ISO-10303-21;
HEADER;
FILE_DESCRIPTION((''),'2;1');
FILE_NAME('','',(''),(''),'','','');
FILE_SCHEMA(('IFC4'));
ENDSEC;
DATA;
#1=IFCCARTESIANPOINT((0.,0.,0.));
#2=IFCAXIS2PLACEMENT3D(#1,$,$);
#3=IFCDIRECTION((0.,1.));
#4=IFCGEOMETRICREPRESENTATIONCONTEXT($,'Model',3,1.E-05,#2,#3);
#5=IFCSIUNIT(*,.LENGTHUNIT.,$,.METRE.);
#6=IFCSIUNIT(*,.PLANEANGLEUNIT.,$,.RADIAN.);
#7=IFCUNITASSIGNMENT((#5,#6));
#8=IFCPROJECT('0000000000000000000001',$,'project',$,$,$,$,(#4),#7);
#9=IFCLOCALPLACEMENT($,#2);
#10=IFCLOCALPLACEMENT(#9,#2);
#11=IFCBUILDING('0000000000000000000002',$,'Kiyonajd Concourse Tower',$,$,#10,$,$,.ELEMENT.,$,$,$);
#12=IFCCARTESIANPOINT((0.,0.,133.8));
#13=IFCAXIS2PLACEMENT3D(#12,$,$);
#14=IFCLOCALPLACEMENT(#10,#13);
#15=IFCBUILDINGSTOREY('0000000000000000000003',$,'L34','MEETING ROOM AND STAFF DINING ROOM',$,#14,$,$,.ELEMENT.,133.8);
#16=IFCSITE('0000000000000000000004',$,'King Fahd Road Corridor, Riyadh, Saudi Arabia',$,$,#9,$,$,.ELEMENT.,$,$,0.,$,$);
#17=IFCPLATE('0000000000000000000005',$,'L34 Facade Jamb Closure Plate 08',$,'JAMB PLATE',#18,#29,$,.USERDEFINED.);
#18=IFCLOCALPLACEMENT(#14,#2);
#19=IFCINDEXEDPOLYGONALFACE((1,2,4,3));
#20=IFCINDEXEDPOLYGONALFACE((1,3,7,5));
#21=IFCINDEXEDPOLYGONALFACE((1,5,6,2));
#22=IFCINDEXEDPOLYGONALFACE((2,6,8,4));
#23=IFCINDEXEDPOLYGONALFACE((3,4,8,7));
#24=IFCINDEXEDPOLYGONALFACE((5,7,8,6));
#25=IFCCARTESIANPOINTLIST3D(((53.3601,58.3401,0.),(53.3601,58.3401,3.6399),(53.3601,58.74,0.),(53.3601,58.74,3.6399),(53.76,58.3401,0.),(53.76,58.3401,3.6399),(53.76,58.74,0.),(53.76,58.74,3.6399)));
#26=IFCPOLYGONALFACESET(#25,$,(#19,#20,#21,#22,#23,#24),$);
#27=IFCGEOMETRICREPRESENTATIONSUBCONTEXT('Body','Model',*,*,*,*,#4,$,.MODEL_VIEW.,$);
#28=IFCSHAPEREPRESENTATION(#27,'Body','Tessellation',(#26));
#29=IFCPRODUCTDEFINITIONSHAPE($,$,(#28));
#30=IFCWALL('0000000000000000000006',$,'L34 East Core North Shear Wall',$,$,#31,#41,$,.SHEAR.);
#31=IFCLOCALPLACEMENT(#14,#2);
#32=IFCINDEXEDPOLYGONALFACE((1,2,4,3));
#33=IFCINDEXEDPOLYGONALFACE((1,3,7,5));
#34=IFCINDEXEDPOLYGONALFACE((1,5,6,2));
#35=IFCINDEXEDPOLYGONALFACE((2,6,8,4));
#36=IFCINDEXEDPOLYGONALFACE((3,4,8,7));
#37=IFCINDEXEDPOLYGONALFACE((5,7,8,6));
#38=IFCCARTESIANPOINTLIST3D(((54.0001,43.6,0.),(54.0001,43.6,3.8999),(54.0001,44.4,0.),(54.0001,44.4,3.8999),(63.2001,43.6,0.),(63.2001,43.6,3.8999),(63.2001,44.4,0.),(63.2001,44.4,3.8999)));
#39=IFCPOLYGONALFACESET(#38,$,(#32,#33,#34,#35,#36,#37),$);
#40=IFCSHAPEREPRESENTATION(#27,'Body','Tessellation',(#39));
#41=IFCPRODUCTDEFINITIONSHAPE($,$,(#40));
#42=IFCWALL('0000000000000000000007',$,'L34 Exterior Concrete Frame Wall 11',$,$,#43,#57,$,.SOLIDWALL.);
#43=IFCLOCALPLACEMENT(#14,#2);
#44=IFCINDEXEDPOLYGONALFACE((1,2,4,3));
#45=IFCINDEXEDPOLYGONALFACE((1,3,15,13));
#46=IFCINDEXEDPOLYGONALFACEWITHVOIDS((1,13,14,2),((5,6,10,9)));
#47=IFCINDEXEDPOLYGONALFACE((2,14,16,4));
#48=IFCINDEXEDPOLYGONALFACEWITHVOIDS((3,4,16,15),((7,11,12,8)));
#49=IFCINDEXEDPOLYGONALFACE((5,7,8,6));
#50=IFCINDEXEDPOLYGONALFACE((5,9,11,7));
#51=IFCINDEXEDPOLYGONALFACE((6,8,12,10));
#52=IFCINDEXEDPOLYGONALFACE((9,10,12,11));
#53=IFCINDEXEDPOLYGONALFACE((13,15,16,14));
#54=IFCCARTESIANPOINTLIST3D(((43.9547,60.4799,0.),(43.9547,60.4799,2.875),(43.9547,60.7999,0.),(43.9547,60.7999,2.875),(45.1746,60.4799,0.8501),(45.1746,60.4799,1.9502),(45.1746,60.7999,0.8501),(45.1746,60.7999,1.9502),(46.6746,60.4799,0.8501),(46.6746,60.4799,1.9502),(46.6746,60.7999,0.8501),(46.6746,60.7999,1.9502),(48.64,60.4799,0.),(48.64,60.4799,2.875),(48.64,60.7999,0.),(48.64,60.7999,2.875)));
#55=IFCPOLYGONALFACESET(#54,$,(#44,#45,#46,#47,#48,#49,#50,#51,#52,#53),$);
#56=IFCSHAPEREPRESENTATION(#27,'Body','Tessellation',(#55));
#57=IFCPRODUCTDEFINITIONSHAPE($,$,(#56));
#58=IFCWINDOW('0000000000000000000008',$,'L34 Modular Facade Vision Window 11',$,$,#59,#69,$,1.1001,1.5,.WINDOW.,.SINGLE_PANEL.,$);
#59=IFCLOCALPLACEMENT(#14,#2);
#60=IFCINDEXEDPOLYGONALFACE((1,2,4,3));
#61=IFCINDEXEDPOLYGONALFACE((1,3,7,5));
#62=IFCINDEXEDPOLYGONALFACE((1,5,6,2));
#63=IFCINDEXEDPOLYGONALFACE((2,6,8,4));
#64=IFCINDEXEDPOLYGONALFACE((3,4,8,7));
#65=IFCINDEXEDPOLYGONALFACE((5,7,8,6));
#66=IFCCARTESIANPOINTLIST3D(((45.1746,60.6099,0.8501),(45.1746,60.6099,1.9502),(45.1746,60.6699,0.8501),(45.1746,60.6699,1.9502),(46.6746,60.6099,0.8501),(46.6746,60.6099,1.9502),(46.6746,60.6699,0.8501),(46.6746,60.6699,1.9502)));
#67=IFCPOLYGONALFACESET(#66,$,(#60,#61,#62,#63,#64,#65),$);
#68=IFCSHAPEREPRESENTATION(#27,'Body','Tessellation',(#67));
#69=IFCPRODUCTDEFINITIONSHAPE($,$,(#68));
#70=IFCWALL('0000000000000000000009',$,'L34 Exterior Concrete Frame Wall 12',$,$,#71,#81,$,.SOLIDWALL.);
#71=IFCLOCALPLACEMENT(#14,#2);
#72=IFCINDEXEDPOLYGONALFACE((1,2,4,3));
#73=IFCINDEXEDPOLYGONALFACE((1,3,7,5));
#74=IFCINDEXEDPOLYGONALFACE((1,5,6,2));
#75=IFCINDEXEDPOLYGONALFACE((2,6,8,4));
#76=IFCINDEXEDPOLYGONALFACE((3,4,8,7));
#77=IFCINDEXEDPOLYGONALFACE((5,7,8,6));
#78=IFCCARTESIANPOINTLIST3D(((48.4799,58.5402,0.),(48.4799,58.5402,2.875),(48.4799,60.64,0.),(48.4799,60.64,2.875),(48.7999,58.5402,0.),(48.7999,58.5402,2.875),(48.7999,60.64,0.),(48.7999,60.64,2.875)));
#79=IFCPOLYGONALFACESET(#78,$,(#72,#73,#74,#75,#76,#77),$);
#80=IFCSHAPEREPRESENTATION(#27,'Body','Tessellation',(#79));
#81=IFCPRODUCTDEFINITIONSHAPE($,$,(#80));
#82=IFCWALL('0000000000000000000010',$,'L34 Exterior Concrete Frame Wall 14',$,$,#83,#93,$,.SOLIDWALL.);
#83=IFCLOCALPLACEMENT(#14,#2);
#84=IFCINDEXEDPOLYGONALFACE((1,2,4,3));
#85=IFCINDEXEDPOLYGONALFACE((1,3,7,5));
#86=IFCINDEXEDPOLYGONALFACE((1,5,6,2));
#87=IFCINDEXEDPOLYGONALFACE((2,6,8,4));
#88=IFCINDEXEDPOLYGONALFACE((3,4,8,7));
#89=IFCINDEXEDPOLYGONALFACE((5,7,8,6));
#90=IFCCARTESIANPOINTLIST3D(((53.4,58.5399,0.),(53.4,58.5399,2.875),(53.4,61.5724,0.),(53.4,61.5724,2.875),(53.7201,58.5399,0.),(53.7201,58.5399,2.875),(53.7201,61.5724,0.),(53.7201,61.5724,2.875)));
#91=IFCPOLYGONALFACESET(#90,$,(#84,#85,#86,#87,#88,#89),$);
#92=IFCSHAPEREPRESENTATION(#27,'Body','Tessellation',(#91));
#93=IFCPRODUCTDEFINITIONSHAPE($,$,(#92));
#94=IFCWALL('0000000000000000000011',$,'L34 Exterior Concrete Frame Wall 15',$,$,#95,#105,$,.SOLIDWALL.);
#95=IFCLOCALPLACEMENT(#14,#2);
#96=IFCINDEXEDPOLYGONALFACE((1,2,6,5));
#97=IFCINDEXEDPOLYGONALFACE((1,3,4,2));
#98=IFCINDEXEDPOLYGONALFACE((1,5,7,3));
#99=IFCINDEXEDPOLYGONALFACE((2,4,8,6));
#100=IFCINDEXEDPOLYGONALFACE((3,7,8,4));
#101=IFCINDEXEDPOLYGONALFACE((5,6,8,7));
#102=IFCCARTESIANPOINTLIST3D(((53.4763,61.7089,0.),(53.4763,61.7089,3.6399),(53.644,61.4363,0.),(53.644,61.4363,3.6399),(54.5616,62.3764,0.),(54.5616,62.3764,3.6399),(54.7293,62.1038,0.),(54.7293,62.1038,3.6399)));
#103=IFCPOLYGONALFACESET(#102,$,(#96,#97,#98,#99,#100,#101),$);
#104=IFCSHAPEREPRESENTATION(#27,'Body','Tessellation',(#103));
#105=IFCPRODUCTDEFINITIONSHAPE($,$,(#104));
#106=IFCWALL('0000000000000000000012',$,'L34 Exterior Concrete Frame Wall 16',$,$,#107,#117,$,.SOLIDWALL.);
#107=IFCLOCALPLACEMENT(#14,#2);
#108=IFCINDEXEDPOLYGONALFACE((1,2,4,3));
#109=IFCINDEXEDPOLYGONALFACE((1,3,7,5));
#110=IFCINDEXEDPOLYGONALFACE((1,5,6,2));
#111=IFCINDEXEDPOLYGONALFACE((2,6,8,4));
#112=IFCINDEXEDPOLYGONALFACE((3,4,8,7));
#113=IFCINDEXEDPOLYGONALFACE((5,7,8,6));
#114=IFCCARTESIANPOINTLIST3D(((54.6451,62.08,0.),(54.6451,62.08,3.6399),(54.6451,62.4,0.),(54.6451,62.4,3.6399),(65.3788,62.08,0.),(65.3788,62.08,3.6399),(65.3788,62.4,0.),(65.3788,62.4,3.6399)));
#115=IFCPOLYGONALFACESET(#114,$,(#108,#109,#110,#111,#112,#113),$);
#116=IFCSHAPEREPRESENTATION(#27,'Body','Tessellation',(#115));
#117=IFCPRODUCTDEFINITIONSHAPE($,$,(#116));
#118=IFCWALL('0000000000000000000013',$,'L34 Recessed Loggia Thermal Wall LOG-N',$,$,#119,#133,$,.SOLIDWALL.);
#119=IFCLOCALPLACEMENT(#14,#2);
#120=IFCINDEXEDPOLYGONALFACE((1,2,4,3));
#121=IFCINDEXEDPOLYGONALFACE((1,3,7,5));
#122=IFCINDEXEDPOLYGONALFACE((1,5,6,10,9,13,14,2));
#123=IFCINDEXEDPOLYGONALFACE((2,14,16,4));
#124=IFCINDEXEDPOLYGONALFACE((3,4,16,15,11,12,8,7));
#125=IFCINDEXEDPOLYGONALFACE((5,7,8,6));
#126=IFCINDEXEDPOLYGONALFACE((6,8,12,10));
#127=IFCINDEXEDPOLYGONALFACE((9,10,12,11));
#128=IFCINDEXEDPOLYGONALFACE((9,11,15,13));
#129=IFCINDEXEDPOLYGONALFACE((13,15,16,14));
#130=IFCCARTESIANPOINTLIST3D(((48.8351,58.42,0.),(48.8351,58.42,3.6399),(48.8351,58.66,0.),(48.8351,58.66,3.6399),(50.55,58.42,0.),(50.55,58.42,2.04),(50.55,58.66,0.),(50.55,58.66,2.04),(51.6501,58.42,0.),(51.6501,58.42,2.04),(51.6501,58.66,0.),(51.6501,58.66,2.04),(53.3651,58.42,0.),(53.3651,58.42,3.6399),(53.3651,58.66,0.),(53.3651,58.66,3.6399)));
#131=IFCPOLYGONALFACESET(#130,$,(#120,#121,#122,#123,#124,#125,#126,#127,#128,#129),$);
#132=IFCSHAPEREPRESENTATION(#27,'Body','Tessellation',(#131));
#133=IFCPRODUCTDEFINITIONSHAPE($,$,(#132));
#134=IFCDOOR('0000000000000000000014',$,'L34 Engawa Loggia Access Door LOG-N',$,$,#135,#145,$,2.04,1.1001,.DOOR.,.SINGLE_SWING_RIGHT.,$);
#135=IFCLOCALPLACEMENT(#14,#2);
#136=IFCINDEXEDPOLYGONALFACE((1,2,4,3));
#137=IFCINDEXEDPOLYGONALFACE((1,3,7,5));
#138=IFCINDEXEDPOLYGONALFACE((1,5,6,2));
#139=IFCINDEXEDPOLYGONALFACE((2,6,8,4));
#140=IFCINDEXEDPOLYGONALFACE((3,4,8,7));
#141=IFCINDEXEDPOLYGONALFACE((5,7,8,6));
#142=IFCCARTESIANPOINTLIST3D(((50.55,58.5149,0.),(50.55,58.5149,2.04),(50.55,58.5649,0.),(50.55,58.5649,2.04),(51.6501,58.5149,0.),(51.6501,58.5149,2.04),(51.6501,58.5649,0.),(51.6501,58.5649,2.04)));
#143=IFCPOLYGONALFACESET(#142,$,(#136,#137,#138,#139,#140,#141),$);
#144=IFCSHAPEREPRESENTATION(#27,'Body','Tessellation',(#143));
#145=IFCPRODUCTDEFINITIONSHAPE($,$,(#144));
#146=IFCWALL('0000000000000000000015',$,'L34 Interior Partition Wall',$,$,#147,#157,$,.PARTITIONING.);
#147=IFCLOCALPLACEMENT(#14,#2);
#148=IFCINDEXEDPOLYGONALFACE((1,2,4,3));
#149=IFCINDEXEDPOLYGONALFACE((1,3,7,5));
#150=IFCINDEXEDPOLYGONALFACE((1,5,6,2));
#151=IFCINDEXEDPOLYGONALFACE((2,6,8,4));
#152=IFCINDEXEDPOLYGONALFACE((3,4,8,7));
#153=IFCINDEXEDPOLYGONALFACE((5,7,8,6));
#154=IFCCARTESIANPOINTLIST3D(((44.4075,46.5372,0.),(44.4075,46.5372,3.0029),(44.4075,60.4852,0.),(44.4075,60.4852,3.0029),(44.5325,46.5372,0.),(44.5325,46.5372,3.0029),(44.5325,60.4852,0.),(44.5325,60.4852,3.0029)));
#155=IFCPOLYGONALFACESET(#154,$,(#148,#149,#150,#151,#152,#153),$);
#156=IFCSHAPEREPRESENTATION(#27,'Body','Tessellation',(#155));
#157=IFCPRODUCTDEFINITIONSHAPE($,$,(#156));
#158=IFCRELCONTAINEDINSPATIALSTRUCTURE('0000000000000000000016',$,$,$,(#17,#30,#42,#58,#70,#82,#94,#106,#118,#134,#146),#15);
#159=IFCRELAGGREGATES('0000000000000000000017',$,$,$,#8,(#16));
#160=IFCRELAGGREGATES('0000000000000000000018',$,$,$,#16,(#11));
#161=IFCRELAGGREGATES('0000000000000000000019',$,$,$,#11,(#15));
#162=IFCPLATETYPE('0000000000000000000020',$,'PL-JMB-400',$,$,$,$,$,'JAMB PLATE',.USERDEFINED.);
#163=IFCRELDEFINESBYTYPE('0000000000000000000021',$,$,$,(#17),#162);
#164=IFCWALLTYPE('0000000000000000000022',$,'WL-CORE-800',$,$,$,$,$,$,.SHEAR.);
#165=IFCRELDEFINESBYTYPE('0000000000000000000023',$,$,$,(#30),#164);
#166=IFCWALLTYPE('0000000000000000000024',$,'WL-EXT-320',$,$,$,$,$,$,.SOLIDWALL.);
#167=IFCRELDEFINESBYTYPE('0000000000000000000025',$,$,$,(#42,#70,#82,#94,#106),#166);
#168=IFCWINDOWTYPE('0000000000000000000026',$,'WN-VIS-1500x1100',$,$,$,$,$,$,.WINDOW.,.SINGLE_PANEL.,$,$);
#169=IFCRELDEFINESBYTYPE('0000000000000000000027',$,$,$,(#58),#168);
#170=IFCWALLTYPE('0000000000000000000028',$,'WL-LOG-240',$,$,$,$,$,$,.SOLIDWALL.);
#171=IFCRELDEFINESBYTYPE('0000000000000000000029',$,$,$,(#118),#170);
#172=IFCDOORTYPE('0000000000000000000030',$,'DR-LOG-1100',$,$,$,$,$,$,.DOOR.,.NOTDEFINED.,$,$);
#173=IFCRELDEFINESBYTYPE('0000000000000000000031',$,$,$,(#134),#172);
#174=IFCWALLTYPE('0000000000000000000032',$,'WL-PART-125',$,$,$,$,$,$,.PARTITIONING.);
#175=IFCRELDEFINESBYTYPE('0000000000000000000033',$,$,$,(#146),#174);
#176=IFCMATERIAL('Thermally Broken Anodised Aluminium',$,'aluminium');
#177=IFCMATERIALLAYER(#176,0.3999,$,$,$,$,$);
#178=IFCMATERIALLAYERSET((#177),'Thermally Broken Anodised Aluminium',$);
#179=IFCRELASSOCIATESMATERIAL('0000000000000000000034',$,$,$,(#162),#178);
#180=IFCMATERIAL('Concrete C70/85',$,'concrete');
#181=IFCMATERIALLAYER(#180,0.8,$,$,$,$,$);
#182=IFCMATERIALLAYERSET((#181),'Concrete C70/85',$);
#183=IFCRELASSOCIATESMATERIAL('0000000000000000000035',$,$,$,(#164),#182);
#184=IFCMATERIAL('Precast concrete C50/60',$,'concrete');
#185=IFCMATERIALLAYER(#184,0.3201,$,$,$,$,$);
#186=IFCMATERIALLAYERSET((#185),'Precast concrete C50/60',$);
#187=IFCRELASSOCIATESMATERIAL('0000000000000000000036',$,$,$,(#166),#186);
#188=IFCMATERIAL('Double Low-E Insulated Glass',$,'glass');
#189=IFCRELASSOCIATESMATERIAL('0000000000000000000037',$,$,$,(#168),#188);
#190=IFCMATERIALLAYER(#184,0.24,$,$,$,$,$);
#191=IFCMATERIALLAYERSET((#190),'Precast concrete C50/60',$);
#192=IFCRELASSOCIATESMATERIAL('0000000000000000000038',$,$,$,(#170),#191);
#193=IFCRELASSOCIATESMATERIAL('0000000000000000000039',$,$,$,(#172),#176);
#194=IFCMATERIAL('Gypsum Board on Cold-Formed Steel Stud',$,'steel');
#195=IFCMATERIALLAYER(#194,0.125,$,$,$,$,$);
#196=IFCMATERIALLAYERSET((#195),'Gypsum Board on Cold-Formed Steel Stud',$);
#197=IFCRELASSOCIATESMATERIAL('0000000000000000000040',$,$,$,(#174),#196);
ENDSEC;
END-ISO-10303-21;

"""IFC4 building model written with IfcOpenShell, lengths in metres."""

from ifc_helpers import new_model, si_unit, direction, frame, frame_2d, origin, origin_2d, place, context, subcontext, project, spatial, rectangle, extrude, material, layer, layer_set, type_object, element, fill, save


model = new_model("IFC4")

# Units and contexts
model_context = context("Model", 3, precision=1e-05, world=origin(), true_north=direction((0.0, 1.0)))
body_context = subcontext(model_context, "Body", "Model", "MODEL_VIEW")
ifc_project = project(units=[si_unit("LENGTHUNIT", "METRE"), si_unit("PLANEANGLEUNIT", "RADIAN")], contexts=[model_context])

# Site, building, storey
site_placement = place(None, origin())
site = spatial("IfcSite", under=ifc_project, at=site_placement, Name="King Fahd Road Corridor, Riyadh, Saudi Arabia", CompositionType="ELEMENT", RefElevation=0.0)
building_placement = place(site_placement, origin())
building = spatial("IfcBuilding", under=site, at=building_placement, Name="Kiyonajd Concourse Tower", CompositionType="ELEMENT")
storey_placement = place(building_placement, frame((0.0, 0.0, 133.8)))
storey = spatial("IfcBuildingStorey", under=building, at=storey_placement, Name="L34", Description="MEETING ROOM AND STAFF DINING ROOM", CompositionType="ELEMENT", Elevation=133.8)

# Shared definitions
ifc_material_1 = material(Name="Concrete C70/85", Category="concrete")

# Shared definitions
ifc_material_2 = material(Name="Precast concrete C50/60", Category="concrete")

# Plate
ifc_material_3 = material(Name="Thermally Broken Anodised Aluminium", Category="aluminium")
ifc_layer_1 = layer(ifc_material_3, 0.3999)
ifc_layer_set_1 = layer_set([ifc_layer_1], Name="Thermally Broken Anodised Aluminium")
plate_type = type_object("IfcPlateType", Name="PL-JMB-400", ElementType="JAMB PLATE", PredefinedType="USERDEFINED", material=ifc_layer_set_1)
for number, where, z_axis, x_axis, name in (
    (1, (53.5601, 58.54, 0.0), (0.0, 0.0, 1.0), (1.0, 0.0, 0.0), "L34 Facade Jamb Closure Plate 08"),
):
    element("IfcPlate", number, at=place(storey_placement, frame(where, z_axis=z_axis, x_axis=x_axis)), inside=storey, type_object=plate_type, Name=name, ObjectType="JAMB PLATE", PredefinedType="USERDEFINED", context=body_context, shape_type="SweptSolid", body=[
        extrude(rectangle(XDim=0.3999, YDim=0.3999, at=origin_2d()), origin(), (0.0, 0.0, 1.0), 3.6399),
    ])

# Wall
ifc_layer_2 = layer(ifc_material_1, 0.8)
ifc_layer_set_2 = layer_set([ifc_layer_2], Name="Concrete C70/85")
wall_type_1 = type_object("IfcWallType", Name="WL-CORE-800", PredefinedType="SHEAR", material=ifc_layer_set_2)
wall_1_placement = place(storey_placement, frame((54.0, 44.0, 0.0), z_axis=(0.0, 0.0, 1.0), x_axis=(1.0, 0.0, 0.0)))
element("IfcWall", 2, at=wall_1_placement, inside=storey, type_object=wall_type_1, Name="L34 East Core North Shear Wall", PredefinedType="SHEAR", context=body_context, shape_type="SweptSolid", body=[
    extrude(rectangle(XDim=9.2, YDim=0.8, at=frame_2d((4.6001, 0.0))), origin(), (0.0, 0.0, 1.0), 3.8999),
])

# Wall, opening, window
ifc_layer_3 = layer(ifc_material_2, 0.3201)
ifc_layer_set_3 = layer_set([ifc_layer_3], Name="Precast concrete C50/60")
wall_type_2 = type_object("IfcWallType", Name="WL-EXT-320", PredefinedType="SOLIDWALL", material=ifc_layer_set_3)
wall_2_placement = place(storey_placement, frame((43.9546, 60.6399, 0.0), z_axis=(0.0, 0.0, 1.0), x_axis=(1.0, 0.0, 0.0)))
wall_2 = element("IfcWall", 3, at=wall_2_placement, inside=storey, type_object=wall_type_2, Name="L34 Exterior Concrete Frame Wall 11", PredefinedType="SOLIDWALL", context=body_context, shape_type="SweptSolid", body=[
    extrude(rectangle(XDim=4.6853, YDim=0.3201, at=frame_2d((2.3428, 0.0))), origin(), (0.0, 0.0, 1.0), 2.875),
])
opening_1_placement = place(wall_2_placement, frame((1.22, 0.0, 0.8501)))
opening_1 = element("IfcOpeningElement", 4, at=opening_1_placement, cuts=wall_2, PredefinedType="OPENING", context=body_context, shape_type="SweptSolid", body=[
    extrude(rectangle(XDim=1.5, YDim=1.1001, at=frame_2d((0.75, 0.55))), frame((0.0, 0.1699, 0.0), z_axis=(0.0, -1.0, 0.0), x_axis=(1.0, 0.0, 0.0)), (0.0, 0.0, 1.0), 0.3401),
])
ifc_material_4 = material(Name="Double Low-E Insulated Glass", Category="glass")
window_type = type_object("IfcWindowType", Name="WN-VIS-1500x1100", PartitioningType="SINGLE_PANEL", PredefinedType="WINDOW", material=ifc_material_4)
window_placement = place(opening_1_placement, origin())
window = element("IfcWindow", 5, at=window_placement, inside=storey, type_object=window_type, Name="L34 Modular Facade Vision Window 11", OverallHeight=1.1001, OverallWidth=1.5, PartitioningType="SINGLE_PANEL", PredefinedType="WINDOW", context=body_context, shape_type="SweptSolid", body=[
    extrude(rectangle(XDim=1.5, YDim=1.1001, at=frame_2d((0.75, 0.55))), frame((0.0, 0.03, 0.0), z_axis=(0.0, -1.0, 0.0), x_axis=(1.0, 0.0, 0.0)), (0.0, 0.0, 1.0), 0.0601),
])
fill(opening_1, window)

# Walls
wall_3_placement = place(storey_placement, frame((48.6399, 60.6399, 0.0), z_axis=(0.0, 0.0, 1.0), x_axis=(0.0, -1.0, 0.0)))
element("IfcWall", 6, at=wall_3_placement, inside=storey, type_object=wall_type_2, Name="L34 Exterior Concrete Frame Wall 12", PredefinedType="SOLIDWALL", context=body_context, shape_type="SweptSolid", body=[
    extrude(rectangle(XDim=2.0999, YDim=0.3201, at=frame_2d((1.0498, 0.0))), origin(), (0.0, 0.0, 1.0), 2.875),
])
wall_4_placement = place(storey_placement, frame((53.5601, 58.54, 0.0), z_axis=(0.0, 0.0, 1.0), x_axis=(0.0, 1.0, 0.0)))
element("IfcWall", 7, at=wall_4_placement, inside=storey, type_object=wall_type_2, Name="L34 Exterior Concrete Frame Wall 14", PredefinedType="SOLIDWALL", context=body_context, shape_type="SweptSolid", body=[
    extrude(rectangle(XDim=3.0325, YDim=0.3201, at=frame_2d((1.5161, 0.0))), origin(), (0.0, 0.0, 1.0), 2.875),
])
wall_5_placement = place(storey_placement, frame((53.5601, 61.5725, 0.0), z_axis=(0.0, 0.0, 1.0), x_axis=(0.851777, 0.523905, 0.0)))
element("IfcWall", 8, at=wall_5_placement, inside=storey, type_object=wall_type_2, Name="L34 Exterior Concrete Frame Wall 15", PredefinedType="SOLIDWALL", context=body_context, shape_type="SweptSolid", body=[
    extrude(rectangle(XDim=1.2742, YDim=0.3201, at=frame_2d((0.6372, 0.0))), origin(), (0.0, 0.0, 1.0), 3.6399),
])
wall_6_placement = place(storey_placement, frame((54.6453, 62.24, 0.0), z_axis=(0.0, 0.0, 1.0), x_axis=(1.0, 0.0, 0.0)))
element("IfcWall", 9, at=wall_6_placement, inside=storey, type_object=wall_type_2, Name="L34 Exterior Concrete Frame Wall 16", PredefinedType="SOLIDWALL", context=body_context, shape_type="SweptSolid", body=[
    extrude(rectangle(XDim=10.7336, YDim=0.3201, at=frame_2d((5.3667, 0.0))), origin(), (0.0, 0.0, 1.0), 3.6399),
])

# Wall, opening, door
ifc_layer_4 = layer(ifc_material_2, 0.24)
ifc_layer_set_4 = layer_set([ifc_layer_4], Name="Precast concrete C50/60")
wall_type_3 = type_object("IfcWallType", Name="WL-LOG-240", PredefinedType="SOLIDWALL", material=ifc_layer_set_4)
wall_7_placement = place(storey_placement, frame((48.835, 58.54, 0.0), z_axis=(0.0, 0.0, 1.0), x_axis=(1.0, 0.0, 0.0)))
wall_7 = element("IfcWall", 10, at=wall_7_placement, inside=storey, type_object=wall_type_3, Name="L34 Recessed Loggia Thermal Wall LOG-N", PredefinedType="SOLIDWALL", context=body_context, shape_type="SweptSolid", body=[
    extrude(rectangle(XDim=4.53, YDim=0.24, at=frame_2d((2.2651, 0.0))), origin(), (0.0, 0.0, 1.0), 3.6399),
])
opening_2_placement = place(wall_7_placement, frame((1.7151, 0.0, 0.0)))
opening_2 = element("IfcOpeningElement", 11, at=opening_2_placement, cuts=wall_7, PredefinedType="OPENING", context=body_context, shape_type="SweptSolid", body=[
    extrude(rectangle(XDim=1.1001, YDim=2.04, at=frame_2d((0.55, 1.02))), frame((0.0, 0.1299, 0.0), z_axis=(0.0, -1.0, 0.0), x_axis=(1.0, 0.0, 0.0)), (0.0, 0.0, 1.0), 0.26),
])
door_type_1 = type_object("IfcDoorType", Name="DR-LOG-1100", OperationType="NOTDEFINED", PredefinedType="DOOR", material=ifc_material_3)
door_1_placement = place(opening_2_placement, origin())
door_1 = element("IfcDoor", 12, at=door_1_placement, inside=storey, type_object=door_type_1, Name="L34 Engawa Loggia Access Door LOG-N", OperationType="SINGLE_SWING_RIGHT", OverallHeight=2.04, OverallWidth=1.1001, PredefinedType="DOOR", context=body_context, shape_type="SweptSolid", body=[
    extrude(rectangle(XDim=1.1001, YDim=2.04, at=frame_2d((0.55, 1.02))), frame((0.0, 0.0249, 0.0), z_axis=(0.0, -1.0, 0.0), x_axis=(1.0, 0.0, 0.0)), (0.0, 0.0, 1.0), 0.05),
])
fill(opening_2, door_1)

# Wall
ifc_material_5 = material(Name="Gypsum Board on Cold-Formed Steel Stud", Category="steel")
ifc_layer_5 = layer(ifc_material_5, 0.125)
ifc_layer_set_5 = layer_set([ifc_layer_5], Name="Gypsum Board on Cold-Formed Steel Stud")
wall_type_4 = type_object("IfcWallType", Name="WL-PART-125", PredefinedType="PARTITIONING", material=ifc_layer_set_5)
wall_8_placement = place(storey_placement, frame((44.47, 46.5371, 0.0), z_axis=(0.0, 0.0, 1.0), x_axis=(0.0, 1.0, 0.0)))
element("IfcWall", 13, at=wall_8_placement, inside=storey, type_object=wall_type_4, Name="L34 Interior Partition Wall", PredefinedType="PARTITIONING", context=body_context, shape_type="SweptSolid", body=[
    extrude(rectangle(XDim=13.948, YDim=0.125, at=frame_2d((6.9741, 0.0))), origin(), (0.0, 0.0, 1.0), 3.0029),
])

save(model, "model.ifc")
